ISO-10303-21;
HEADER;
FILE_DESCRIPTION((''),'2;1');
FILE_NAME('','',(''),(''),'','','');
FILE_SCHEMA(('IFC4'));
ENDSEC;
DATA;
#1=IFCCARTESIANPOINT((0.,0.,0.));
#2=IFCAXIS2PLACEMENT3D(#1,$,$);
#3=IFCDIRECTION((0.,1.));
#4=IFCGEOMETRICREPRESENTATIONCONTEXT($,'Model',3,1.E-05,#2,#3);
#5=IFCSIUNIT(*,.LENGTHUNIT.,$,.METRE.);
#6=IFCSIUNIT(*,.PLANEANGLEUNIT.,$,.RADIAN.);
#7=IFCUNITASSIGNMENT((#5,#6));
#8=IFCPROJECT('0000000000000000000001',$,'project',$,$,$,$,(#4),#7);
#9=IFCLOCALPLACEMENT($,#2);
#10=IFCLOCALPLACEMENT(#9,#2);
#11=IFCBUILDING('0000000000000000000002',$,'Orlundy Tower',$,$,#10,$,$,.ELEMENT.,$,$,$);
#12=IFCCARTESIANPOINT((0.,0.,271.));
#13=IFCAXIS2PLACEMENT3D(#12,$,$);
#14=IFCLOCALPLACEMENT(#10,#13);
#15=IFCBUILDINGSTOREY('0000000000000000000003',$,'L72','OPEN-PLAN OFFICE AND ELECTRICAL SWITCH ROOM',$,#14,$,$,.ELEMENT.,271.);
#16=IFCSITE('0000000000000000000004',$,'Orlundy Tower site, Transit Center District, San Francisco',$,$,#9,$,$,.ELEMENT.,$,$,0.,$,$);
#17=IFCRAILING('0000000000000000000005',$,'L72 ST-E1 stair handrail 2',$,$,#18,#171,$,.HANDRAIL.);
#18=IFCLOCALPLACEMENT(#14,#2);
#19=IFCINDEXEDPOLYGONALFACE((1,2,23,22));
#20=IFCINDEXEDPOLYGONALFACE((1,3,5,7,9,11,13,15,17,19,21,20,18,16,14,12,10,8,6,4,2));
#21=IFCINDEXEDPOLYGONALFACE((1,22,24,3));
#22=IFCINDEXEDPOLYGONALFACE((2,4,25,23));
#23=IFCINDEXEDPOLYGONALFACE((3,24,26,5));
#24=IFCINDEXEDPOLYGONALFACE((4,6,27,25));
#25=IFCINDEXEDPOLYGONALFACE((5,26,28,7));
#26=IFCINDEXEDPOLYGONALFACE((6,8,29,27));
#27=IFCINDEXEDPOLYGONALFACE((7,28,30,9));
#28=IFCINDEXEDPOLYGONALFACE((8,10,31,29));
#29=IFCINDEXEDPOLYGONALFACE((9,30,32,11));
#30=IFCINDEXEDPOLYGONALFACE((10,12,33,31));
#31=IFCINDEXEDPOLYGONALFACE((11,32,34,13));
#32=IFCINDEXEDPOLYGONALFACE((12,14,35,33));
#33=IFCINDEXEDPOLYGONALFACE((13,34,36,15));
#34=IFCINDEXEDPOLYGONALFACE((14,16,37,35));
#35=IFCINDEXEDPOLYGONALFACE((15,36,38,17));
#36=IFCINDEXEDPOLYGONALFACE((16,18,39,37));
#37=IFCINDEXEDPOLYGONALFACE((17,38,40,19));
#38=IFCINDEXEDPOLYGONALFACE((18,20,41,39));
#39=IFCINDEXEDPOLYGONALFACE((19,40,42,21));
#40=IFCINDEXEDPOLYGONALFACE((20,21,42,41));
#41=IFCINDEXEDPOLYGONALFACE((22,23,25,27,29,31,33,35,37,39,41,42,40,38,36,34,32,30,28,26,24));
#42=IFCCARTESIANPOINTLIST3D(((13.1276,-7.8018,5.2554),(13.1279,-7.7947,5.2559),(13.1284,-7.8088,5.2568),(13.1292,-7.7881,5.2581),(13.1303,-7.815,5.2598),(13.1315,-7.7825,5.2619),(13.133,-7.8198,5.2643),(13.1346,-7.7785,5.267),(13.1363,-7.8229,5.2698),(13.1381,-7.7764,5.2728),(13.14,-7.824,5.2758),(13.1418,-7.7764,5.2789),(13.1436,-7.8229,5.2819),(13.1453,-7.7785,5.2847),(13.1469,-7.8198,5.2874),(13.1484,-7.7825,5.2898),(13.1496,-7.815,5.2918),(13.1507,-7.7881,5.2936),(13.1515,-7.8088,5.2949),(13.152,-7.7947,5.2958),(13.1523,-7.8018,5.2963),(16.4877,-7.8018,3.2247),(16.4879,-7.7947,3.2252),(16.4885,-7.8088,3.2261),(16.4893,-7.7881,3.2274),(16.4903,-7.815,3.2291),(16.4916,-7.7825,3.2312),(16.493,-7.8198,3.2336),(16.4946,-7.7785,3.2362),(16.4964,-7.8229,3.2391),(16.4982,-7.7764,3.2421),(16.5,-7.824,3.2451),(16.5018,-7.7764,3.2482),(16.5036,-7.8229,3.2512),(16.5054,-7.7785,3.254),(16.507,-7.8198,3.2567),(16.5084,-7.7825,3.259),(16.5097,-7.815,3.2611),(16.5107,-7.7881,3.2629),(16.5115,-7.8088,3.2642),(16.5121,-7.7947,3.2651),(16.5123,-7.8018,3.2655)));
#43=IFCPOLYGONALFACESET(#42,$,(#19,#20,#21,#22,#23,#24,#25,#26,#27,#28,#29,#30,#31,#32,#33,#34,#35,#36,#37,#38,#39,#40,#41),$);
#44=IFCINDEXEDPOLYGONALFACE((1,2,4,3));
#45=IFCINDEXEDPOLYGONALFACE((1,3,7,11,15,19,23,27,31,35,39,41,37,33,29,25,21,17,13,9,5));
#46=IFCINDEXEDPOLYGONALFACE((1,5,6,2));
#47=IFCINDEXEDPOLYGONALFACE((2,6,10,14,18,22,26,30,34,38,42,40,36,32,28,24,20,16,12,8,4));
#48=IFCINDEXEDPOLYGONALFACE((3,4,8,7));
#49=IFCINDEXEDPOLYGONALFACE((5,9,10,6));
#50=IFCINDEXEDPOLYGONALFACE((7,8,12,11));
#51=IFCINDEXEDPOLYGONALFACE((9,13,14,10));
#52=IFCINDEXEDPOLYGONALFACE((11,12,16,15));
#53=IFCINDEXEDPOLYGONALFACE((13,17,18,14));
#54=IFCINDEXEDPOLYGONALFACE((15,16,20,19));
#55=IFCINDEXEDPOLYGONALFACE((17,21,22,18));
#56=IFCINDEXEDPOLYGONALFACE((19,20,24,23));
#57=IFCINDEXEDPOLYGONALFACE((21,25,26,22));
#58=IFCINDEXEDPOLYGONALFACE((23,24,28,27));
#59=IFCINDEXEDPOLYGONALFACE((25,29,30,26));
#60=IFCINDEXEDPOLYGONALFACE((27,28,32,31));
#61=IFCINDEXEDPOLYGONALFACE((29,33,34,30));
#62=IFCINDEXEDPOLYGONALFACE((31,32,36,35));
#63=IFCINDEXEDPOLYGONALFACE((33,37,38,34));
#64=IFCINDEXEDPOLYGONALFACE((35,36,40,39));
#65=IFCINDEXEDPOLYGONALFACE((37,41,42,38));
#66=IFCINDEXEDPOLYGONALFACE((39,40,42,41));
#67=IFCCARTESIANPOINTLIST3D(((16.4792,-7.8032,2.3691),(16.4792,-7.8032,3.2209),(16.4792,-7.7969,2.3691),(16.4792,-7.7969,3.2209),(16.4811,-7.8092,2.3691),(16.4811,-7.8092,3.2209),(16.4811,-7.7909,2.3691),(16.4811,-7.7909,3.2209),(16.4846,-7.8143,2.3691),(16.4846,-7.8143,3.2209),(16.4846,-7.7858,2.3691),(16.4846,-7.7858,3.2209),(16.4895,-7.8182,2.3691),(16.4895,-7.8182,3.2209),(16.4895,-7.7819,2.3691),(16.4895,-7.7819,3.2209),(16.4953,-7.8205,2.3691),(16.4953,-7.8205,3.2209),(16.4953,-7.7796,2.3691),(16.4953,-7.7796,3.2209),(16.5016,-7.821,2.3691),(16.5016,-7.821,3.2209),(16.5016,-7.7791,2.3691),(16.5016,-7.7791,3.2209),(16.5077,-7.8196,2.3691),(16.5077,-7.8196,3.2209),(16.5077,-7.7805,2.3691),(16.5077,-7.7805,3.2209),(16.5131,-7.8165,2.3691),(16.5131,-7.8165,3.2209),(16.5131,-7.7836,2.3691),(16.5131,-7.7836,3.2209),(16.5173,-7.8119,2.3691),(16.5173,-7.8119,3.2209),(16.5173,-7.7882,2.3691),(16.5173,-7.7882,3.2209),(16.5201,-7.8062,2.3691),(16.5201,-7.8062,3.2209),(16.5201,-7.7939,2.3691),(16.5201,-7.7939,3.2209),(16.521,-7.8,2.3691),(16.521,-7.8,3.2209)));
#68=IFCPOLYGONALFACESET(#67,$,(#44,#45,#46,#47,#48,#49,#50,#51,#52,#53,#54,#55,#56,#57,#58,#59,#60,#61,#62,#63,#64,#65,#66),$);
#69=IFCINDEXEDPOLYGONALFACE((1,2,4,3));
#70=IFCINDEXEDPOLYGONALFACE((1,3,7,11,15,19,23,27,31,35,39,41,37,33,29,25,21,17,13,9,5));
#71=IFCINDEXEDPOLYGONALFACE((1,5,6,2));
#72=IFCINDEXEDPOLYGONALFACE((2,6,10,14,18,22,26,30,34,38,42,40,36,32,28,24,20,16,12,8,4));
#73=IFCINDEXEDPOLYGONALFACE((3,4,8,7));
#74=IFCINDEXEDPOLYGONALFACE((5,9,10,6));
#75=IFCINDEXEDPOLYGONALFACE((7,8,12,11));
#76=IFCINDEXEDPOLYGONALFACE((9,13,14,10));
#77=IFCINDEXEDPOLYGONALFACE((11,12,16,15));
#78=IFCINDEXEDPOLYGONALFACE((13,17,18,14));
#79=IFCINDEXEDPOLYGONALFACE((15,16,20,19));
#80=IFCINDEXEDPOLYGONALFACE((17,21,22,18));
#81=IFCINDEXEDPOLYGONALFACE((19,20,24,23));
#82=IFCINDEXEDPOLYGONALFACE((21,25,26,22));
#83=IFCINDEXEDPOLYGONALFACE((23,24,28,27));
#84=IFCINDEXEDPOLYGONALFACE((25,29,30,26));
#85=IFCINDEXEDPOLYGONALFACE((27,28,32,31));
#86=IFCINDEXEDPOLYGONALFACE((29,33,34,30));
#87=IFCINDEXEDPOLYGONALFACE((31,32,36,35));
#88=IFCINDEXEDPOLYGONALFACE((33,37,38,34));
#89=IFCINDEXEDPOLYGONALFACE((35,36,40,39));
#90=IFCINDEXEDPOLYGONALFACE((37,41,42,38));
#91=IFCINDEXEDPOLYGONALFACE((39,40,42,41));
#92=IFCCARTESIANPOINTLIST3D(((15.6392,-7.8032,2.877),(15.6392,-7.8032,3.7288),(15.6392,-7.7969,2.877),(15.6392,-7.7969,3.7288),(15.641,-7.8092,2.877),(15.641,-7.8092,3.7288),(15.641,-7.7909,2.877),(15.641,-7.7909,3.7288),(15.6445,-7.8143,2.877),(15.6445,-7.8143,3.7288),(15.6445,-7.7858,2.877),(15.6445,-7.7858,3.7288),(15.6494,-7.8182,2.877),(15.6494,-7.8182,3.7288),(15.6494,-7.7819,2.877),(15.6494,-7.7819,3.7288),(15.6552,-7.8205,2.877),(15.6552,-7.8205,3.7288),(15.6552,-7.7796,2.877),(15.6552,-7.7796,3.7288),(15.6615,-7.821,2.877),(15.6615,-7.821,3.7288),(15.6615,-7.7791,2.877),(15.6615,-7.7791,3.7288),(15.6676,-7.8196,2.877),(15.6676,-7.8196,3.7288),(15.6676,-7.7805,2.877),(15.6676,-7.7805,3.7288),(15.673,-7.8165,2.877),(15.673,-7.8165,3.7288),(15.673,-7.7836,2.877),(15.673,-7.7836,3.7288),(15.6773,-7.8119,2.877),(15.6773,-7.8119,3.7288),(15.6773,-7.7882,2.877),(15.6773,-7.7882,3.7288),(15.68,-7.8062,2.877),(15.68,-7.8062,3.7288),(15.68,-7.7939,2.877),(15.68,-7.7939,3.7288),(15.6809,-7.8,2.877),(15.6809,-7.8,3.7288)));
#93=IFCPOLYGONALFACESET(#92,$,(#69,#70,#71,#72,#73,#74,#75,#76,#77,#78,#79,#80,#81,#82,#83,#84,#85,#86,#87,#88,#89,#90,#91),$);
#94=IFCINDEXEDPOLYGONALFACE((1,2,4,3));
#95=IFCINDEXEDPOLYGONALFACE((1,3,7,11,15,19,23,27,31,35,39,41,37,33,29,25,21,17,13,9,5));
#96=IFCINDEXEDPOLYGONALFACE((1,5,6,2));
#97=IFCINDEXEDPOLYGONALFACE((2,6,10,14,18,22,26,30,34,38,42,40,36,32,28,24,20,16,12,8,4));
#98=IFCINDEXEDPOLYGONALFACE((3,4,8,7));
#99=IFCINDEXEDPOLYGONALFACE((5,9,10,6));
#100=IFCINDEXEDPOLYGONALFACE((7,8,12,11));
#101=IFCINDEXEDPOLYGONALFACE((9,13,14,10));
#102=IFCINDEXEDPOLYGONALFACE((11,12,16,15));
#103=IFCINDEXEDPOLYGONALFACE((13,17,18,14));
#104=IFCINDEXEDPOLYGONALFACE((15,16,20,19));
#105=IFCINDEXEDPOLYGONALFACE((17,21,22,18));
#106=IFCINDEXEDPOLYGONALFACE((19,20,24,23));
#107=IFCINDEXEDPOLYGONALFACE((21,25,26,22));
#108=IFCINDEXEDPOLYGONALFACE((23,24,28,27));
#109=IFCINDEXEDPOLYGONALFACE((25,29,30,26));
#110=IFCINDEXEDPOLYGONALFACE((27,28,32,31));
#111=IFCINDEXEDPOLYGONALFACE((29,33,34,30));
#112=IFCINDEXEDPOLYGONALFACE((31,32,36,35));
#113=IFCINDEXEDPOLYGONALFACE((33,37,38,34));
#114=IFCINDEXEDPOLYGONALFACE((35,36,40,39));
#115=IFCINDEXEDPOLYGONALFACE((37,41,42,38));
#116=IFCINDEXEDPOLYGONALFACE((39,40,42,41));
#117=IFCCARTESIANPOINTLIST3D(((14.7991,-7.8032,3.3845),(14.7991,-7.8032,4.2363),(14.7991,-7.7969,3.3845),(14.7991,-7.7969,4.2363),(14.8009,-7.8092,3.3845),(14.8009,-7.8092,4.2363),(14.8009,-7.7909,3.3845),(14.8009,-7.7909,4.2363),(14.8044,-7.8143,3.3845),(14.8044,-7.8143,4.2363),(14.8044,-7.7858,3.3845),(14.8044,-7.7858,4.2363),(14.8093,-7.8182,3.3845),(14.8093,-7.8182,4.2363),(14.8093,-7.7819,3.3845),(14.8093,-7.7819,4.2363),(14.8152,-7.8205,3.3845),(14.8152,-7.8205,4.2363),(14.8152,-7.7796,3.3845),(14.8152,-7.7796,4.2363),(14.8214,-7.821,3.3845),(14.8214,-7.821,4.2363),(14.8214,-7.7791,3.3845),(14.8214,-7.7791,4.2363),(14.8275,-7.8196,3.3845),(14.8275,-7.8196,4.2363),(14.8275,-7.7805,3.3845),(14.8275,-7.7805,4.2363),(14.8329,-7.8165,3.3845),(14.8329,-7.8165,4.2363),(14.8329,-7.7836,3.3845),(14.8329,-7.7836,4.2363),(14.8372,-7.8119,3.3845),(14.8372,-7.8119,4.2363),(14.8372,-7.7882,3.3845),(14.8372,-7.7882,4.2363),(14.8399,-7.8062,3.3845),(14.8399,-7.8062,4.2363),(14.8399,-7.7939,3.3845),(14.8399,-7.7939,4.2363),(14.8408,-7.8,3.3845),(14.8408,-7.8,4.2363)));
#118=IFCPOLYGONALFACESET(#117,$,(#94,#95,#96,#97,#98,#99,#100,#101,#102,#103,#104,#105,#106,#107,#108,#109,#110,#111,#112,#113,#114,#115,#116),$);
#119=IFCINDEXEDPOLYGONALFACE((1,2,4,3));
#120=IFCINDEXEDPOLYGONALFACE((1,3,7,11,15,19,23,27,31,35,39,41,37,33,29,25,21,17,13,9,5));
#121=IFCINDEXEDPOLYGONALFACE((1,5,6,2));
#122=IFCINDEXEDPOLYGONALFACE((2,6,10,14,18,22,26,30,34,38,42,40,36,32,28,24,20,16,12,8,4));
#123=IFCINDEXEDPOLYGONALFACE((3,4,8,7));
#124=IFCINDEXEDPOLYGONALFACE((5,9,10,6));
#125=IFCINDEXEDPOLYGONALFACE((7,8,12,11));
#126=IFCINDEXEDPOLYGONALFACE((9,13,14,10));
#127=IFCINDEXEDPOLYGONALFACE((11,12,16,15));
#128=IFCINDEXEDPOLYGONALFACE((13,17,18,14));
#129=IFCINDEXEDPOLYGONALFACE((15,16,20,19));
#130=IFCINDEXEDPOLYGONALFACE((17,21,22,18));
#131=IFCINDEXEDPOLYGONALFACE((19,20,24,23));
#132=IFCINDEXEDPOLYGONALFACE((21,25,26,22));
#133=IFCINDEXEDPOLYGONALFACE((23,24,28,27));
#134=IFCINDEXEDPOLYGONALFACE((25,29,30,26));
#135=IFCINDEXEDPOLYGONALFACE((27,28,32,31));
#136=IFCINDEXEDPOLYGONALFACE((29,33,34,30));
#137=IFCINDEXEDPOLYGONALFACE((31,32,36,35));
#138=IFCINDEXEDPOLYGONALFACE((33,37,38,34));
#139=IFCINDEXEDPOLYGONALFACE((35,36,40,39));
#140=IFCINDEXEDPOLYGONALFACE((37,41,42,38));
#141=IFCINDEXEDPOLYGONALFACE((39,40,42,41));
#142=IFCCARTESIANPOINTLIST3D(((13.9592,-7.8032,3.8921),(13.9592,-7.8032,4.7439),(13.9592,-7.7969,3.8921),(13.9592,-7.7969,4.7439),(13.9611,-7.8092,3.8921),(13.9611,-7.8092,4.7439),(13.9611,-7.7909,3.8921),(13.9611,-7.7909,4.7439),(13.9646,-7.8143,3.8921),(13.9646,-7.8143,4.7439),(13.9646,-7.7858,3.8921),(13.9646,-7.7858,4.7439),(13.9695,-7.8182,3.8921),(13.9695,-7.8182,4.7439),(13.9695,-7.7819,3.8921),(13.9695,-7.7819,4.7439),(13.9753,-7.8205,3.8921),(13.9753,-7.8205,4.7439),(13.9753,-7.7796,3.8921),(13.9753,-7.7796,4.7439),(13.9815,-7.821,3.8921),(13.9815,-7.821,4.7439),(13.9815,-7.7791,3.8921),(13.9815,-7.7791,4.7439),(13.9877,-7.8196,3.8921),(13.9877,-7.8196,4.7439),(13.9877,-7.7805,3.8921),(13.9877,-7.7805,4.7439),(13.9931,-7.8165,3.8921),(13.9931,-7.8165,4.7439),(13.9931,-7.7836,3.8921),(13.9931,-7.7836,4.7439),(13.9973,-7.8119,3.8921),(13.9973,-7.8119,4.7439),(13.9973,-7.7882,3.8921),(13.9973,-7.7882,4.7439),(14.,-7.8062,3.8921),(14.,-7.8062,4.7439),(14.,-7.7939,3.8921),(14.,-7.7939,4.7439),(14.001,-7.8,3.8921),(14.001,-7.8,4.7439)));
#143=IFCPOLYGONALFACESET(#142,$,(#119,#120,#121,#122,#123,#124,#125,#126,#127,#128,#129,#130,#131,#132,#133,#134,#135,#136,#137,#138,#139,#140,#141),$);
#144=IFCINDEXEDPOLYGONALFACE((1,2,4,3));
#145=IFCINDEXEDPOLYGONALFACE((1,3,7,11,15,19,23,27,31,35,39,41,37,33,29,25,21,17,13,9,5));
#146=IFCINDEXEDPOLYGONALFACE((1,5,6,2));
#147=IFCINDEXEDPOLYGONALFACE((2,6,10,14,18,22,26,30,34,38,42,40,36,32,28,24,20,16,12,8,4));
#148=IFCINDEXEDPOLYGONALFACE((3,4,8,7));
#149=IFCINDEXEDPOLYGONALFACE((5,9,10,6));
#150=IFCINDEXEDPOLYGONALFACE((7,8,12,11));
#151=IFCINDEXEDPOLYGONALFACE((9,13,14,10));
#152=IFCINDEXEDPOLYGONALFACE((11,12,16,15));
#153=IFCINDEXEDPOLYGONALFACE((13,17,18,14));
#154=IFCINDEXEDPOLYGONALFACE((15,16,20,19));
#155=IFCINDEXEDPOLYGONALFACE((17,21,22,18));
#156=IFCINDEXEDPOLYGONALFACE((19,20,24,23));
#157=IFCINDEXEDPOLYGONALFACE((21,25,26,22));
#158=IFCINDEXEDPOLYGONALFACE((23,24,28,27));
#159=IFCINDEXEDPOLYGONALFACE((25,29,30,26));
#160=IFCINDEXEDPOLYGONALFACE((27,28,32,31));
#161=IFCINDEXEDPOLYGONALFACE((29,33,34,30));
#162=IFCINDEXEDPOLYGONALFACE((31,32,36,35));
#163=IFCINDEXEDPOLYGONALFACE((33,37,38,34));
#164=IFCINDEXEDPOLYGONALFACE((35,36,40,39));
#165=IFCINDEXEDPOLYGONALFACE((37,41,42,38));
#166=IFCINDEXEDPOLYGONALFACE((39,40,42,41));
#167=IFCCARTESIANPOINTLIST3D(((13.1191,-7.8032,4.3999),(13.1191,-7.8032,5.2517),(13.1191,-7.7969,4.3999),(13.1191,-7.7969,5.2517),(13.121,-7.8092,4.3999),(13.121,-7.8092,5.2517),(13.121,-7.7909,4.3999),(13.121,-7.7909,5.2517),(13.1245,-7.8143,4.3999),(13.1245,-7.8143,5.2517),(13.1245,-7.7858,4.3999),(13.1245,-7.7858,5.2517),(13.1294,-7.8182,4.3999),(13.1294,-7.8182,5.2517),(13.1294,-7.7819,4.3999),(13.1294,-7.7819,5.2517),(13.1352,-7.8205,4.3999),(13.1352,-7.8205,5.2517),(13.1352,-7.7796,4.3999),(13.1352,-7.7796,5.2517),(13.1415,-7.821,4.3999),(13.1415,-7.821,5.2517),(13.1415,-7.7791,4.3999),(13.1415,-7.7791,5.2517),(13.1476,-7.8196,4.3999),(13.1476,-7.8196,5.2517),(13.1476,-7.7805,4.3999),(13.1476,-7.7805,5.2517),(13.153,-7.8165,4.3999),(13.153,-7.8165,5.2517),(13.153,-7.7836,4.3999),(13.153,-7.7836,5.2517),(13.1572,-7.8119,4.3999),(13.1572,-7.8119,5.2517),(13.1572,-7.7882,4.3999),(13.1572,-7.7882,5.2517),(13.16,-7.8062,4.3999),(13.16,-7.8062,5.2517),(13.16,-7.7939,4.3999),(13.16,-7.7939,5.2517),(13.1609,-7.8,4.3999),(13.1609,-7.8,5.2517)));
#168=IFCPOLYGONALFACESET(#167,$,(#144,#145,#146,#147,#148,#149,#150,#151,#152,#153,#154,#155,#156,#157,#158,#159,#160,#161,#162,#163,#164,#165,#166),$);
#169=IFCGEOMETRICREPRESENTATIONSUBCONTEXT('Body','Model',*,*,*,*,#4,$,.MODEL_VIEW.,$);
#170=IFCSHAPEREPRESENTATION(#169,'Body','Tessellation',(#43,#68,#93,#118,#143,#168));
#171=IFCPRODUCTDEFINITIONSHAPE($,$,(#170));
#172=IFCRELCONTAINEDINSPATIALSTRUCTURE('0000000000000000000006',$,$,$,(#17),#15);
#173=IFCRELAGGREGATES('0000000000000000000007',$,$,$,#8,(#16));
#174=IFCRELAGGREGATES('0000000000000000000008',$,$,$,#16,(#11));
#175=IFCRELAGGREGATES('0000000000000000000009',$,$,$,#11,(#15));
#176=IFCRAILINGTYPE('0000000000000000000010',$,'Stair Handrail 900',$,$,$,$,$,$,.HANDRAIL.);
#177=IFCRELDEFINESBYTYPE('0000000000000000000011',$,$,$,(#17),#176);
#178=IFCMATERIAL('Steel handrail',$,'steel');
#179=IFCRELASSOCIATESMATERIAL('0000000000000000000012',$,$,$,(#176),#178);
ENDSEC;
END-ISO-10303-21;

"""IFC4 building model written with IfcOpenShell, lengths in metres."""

from ifc_helpers import new_model, si_unit, direction, frame, origin, origin_2d, place, context, subcontext, project, spatial, circle, extrude, material, type_object, element, save


model = new_model("IFC4")

# Units and contexts
model_context = context("Model", 3, precision=1e-05, world=origin(), true_north=direction((0.0, 1.0)))
body_context = subcontext(model_context, "Body", "Model", "MODEL_VIEW")
ifc_project = project(units=[si_unit("LENGTHUNIT", "METRE"), si_unit("PLANEANGLEUNIT", "RADIAN")], contexts=[model_context])

# Site, building, storey
site_placement = place(None, origin())
site = spatial("IfcSite", under=ifc_project, at=site_placement, Name="Orlundy Tower site, Transit Center District, San Francisco", CompositionType="ELEMENT", RefElevation=0.0)
building_placement = place(site_placement, origin())
building = spatial("IfcBuilding", under=site, at=building_placement, Name="Orlundy Tower", CompositionType="ELEMENT")
storey_placement = place(building_placement, frame((0.0, 0.0, 271.0)))
storey = spatial("IfcBuildingStorey", under=building, at=storey_placement, Name="L72", Description="OPEN-PLAN OFFICE AND ELECTRICAL SWITCH ROOM", CompositionType="ELEMENT", Elevation=271.0)

# Railing
ifc_material_1 = material(Name="Steel handrail", Category="steel")
railing_type = type_object("IfcRailingType", Name="Stair Handrail 900", PredefinedType="HANDRAIL", material=ifc_material_1)
railing_placement = place(storey_placement, frame((16.5, -7.8, 2.3691)))
element("IfcRailing", 1, at=railing_placement, inside=storey, type_object=railing_type, Name="L72 ST-E1 stair handrail 2", PredefinedType="HANDRAIL", context=body_context, shape_type="SweptSolid", body=[
    extrude(circle(Radius=0.0239, at=origin_2d()), frame((0.0, 0.0, 0.876), z_axis=(-0.855837, 0.0, 0.517246), x_axis=(0.0, -1.0, 0.0)), (0.0, 0.0, 1.0), 3.926),
    extrude(circle(Radius=0.021, at=origin_2d()), origin(), (0.0, 0.0, 1.0), 0.8518),
    extrude(circle(Radius=0.021, at=origin_2d()), frame((-0.8401, 0.0, 0.5078)), (0.0, 0.0, 1.0), 0.8518),
    extrude(circle(Radius=0.021, at=origin_2d()), frame((-1.6802, 0.0, 1.0154)), (0.0, 0.0, 1.0), 0.8518),
    extrude(circle(Radius=0.021, at=origin_2d()), frame((-2.52, 0.0, 1.5229)), (0.0, 0.0, 1.0), 0.8518),
    extrude(circle(Radius=0.021, at=origin_2d()), frame((-3.3601, 0.0, 2.0308)), (0.0, 0.0, 1.0), 0.8518),
])

save(model, "model.ifc")
